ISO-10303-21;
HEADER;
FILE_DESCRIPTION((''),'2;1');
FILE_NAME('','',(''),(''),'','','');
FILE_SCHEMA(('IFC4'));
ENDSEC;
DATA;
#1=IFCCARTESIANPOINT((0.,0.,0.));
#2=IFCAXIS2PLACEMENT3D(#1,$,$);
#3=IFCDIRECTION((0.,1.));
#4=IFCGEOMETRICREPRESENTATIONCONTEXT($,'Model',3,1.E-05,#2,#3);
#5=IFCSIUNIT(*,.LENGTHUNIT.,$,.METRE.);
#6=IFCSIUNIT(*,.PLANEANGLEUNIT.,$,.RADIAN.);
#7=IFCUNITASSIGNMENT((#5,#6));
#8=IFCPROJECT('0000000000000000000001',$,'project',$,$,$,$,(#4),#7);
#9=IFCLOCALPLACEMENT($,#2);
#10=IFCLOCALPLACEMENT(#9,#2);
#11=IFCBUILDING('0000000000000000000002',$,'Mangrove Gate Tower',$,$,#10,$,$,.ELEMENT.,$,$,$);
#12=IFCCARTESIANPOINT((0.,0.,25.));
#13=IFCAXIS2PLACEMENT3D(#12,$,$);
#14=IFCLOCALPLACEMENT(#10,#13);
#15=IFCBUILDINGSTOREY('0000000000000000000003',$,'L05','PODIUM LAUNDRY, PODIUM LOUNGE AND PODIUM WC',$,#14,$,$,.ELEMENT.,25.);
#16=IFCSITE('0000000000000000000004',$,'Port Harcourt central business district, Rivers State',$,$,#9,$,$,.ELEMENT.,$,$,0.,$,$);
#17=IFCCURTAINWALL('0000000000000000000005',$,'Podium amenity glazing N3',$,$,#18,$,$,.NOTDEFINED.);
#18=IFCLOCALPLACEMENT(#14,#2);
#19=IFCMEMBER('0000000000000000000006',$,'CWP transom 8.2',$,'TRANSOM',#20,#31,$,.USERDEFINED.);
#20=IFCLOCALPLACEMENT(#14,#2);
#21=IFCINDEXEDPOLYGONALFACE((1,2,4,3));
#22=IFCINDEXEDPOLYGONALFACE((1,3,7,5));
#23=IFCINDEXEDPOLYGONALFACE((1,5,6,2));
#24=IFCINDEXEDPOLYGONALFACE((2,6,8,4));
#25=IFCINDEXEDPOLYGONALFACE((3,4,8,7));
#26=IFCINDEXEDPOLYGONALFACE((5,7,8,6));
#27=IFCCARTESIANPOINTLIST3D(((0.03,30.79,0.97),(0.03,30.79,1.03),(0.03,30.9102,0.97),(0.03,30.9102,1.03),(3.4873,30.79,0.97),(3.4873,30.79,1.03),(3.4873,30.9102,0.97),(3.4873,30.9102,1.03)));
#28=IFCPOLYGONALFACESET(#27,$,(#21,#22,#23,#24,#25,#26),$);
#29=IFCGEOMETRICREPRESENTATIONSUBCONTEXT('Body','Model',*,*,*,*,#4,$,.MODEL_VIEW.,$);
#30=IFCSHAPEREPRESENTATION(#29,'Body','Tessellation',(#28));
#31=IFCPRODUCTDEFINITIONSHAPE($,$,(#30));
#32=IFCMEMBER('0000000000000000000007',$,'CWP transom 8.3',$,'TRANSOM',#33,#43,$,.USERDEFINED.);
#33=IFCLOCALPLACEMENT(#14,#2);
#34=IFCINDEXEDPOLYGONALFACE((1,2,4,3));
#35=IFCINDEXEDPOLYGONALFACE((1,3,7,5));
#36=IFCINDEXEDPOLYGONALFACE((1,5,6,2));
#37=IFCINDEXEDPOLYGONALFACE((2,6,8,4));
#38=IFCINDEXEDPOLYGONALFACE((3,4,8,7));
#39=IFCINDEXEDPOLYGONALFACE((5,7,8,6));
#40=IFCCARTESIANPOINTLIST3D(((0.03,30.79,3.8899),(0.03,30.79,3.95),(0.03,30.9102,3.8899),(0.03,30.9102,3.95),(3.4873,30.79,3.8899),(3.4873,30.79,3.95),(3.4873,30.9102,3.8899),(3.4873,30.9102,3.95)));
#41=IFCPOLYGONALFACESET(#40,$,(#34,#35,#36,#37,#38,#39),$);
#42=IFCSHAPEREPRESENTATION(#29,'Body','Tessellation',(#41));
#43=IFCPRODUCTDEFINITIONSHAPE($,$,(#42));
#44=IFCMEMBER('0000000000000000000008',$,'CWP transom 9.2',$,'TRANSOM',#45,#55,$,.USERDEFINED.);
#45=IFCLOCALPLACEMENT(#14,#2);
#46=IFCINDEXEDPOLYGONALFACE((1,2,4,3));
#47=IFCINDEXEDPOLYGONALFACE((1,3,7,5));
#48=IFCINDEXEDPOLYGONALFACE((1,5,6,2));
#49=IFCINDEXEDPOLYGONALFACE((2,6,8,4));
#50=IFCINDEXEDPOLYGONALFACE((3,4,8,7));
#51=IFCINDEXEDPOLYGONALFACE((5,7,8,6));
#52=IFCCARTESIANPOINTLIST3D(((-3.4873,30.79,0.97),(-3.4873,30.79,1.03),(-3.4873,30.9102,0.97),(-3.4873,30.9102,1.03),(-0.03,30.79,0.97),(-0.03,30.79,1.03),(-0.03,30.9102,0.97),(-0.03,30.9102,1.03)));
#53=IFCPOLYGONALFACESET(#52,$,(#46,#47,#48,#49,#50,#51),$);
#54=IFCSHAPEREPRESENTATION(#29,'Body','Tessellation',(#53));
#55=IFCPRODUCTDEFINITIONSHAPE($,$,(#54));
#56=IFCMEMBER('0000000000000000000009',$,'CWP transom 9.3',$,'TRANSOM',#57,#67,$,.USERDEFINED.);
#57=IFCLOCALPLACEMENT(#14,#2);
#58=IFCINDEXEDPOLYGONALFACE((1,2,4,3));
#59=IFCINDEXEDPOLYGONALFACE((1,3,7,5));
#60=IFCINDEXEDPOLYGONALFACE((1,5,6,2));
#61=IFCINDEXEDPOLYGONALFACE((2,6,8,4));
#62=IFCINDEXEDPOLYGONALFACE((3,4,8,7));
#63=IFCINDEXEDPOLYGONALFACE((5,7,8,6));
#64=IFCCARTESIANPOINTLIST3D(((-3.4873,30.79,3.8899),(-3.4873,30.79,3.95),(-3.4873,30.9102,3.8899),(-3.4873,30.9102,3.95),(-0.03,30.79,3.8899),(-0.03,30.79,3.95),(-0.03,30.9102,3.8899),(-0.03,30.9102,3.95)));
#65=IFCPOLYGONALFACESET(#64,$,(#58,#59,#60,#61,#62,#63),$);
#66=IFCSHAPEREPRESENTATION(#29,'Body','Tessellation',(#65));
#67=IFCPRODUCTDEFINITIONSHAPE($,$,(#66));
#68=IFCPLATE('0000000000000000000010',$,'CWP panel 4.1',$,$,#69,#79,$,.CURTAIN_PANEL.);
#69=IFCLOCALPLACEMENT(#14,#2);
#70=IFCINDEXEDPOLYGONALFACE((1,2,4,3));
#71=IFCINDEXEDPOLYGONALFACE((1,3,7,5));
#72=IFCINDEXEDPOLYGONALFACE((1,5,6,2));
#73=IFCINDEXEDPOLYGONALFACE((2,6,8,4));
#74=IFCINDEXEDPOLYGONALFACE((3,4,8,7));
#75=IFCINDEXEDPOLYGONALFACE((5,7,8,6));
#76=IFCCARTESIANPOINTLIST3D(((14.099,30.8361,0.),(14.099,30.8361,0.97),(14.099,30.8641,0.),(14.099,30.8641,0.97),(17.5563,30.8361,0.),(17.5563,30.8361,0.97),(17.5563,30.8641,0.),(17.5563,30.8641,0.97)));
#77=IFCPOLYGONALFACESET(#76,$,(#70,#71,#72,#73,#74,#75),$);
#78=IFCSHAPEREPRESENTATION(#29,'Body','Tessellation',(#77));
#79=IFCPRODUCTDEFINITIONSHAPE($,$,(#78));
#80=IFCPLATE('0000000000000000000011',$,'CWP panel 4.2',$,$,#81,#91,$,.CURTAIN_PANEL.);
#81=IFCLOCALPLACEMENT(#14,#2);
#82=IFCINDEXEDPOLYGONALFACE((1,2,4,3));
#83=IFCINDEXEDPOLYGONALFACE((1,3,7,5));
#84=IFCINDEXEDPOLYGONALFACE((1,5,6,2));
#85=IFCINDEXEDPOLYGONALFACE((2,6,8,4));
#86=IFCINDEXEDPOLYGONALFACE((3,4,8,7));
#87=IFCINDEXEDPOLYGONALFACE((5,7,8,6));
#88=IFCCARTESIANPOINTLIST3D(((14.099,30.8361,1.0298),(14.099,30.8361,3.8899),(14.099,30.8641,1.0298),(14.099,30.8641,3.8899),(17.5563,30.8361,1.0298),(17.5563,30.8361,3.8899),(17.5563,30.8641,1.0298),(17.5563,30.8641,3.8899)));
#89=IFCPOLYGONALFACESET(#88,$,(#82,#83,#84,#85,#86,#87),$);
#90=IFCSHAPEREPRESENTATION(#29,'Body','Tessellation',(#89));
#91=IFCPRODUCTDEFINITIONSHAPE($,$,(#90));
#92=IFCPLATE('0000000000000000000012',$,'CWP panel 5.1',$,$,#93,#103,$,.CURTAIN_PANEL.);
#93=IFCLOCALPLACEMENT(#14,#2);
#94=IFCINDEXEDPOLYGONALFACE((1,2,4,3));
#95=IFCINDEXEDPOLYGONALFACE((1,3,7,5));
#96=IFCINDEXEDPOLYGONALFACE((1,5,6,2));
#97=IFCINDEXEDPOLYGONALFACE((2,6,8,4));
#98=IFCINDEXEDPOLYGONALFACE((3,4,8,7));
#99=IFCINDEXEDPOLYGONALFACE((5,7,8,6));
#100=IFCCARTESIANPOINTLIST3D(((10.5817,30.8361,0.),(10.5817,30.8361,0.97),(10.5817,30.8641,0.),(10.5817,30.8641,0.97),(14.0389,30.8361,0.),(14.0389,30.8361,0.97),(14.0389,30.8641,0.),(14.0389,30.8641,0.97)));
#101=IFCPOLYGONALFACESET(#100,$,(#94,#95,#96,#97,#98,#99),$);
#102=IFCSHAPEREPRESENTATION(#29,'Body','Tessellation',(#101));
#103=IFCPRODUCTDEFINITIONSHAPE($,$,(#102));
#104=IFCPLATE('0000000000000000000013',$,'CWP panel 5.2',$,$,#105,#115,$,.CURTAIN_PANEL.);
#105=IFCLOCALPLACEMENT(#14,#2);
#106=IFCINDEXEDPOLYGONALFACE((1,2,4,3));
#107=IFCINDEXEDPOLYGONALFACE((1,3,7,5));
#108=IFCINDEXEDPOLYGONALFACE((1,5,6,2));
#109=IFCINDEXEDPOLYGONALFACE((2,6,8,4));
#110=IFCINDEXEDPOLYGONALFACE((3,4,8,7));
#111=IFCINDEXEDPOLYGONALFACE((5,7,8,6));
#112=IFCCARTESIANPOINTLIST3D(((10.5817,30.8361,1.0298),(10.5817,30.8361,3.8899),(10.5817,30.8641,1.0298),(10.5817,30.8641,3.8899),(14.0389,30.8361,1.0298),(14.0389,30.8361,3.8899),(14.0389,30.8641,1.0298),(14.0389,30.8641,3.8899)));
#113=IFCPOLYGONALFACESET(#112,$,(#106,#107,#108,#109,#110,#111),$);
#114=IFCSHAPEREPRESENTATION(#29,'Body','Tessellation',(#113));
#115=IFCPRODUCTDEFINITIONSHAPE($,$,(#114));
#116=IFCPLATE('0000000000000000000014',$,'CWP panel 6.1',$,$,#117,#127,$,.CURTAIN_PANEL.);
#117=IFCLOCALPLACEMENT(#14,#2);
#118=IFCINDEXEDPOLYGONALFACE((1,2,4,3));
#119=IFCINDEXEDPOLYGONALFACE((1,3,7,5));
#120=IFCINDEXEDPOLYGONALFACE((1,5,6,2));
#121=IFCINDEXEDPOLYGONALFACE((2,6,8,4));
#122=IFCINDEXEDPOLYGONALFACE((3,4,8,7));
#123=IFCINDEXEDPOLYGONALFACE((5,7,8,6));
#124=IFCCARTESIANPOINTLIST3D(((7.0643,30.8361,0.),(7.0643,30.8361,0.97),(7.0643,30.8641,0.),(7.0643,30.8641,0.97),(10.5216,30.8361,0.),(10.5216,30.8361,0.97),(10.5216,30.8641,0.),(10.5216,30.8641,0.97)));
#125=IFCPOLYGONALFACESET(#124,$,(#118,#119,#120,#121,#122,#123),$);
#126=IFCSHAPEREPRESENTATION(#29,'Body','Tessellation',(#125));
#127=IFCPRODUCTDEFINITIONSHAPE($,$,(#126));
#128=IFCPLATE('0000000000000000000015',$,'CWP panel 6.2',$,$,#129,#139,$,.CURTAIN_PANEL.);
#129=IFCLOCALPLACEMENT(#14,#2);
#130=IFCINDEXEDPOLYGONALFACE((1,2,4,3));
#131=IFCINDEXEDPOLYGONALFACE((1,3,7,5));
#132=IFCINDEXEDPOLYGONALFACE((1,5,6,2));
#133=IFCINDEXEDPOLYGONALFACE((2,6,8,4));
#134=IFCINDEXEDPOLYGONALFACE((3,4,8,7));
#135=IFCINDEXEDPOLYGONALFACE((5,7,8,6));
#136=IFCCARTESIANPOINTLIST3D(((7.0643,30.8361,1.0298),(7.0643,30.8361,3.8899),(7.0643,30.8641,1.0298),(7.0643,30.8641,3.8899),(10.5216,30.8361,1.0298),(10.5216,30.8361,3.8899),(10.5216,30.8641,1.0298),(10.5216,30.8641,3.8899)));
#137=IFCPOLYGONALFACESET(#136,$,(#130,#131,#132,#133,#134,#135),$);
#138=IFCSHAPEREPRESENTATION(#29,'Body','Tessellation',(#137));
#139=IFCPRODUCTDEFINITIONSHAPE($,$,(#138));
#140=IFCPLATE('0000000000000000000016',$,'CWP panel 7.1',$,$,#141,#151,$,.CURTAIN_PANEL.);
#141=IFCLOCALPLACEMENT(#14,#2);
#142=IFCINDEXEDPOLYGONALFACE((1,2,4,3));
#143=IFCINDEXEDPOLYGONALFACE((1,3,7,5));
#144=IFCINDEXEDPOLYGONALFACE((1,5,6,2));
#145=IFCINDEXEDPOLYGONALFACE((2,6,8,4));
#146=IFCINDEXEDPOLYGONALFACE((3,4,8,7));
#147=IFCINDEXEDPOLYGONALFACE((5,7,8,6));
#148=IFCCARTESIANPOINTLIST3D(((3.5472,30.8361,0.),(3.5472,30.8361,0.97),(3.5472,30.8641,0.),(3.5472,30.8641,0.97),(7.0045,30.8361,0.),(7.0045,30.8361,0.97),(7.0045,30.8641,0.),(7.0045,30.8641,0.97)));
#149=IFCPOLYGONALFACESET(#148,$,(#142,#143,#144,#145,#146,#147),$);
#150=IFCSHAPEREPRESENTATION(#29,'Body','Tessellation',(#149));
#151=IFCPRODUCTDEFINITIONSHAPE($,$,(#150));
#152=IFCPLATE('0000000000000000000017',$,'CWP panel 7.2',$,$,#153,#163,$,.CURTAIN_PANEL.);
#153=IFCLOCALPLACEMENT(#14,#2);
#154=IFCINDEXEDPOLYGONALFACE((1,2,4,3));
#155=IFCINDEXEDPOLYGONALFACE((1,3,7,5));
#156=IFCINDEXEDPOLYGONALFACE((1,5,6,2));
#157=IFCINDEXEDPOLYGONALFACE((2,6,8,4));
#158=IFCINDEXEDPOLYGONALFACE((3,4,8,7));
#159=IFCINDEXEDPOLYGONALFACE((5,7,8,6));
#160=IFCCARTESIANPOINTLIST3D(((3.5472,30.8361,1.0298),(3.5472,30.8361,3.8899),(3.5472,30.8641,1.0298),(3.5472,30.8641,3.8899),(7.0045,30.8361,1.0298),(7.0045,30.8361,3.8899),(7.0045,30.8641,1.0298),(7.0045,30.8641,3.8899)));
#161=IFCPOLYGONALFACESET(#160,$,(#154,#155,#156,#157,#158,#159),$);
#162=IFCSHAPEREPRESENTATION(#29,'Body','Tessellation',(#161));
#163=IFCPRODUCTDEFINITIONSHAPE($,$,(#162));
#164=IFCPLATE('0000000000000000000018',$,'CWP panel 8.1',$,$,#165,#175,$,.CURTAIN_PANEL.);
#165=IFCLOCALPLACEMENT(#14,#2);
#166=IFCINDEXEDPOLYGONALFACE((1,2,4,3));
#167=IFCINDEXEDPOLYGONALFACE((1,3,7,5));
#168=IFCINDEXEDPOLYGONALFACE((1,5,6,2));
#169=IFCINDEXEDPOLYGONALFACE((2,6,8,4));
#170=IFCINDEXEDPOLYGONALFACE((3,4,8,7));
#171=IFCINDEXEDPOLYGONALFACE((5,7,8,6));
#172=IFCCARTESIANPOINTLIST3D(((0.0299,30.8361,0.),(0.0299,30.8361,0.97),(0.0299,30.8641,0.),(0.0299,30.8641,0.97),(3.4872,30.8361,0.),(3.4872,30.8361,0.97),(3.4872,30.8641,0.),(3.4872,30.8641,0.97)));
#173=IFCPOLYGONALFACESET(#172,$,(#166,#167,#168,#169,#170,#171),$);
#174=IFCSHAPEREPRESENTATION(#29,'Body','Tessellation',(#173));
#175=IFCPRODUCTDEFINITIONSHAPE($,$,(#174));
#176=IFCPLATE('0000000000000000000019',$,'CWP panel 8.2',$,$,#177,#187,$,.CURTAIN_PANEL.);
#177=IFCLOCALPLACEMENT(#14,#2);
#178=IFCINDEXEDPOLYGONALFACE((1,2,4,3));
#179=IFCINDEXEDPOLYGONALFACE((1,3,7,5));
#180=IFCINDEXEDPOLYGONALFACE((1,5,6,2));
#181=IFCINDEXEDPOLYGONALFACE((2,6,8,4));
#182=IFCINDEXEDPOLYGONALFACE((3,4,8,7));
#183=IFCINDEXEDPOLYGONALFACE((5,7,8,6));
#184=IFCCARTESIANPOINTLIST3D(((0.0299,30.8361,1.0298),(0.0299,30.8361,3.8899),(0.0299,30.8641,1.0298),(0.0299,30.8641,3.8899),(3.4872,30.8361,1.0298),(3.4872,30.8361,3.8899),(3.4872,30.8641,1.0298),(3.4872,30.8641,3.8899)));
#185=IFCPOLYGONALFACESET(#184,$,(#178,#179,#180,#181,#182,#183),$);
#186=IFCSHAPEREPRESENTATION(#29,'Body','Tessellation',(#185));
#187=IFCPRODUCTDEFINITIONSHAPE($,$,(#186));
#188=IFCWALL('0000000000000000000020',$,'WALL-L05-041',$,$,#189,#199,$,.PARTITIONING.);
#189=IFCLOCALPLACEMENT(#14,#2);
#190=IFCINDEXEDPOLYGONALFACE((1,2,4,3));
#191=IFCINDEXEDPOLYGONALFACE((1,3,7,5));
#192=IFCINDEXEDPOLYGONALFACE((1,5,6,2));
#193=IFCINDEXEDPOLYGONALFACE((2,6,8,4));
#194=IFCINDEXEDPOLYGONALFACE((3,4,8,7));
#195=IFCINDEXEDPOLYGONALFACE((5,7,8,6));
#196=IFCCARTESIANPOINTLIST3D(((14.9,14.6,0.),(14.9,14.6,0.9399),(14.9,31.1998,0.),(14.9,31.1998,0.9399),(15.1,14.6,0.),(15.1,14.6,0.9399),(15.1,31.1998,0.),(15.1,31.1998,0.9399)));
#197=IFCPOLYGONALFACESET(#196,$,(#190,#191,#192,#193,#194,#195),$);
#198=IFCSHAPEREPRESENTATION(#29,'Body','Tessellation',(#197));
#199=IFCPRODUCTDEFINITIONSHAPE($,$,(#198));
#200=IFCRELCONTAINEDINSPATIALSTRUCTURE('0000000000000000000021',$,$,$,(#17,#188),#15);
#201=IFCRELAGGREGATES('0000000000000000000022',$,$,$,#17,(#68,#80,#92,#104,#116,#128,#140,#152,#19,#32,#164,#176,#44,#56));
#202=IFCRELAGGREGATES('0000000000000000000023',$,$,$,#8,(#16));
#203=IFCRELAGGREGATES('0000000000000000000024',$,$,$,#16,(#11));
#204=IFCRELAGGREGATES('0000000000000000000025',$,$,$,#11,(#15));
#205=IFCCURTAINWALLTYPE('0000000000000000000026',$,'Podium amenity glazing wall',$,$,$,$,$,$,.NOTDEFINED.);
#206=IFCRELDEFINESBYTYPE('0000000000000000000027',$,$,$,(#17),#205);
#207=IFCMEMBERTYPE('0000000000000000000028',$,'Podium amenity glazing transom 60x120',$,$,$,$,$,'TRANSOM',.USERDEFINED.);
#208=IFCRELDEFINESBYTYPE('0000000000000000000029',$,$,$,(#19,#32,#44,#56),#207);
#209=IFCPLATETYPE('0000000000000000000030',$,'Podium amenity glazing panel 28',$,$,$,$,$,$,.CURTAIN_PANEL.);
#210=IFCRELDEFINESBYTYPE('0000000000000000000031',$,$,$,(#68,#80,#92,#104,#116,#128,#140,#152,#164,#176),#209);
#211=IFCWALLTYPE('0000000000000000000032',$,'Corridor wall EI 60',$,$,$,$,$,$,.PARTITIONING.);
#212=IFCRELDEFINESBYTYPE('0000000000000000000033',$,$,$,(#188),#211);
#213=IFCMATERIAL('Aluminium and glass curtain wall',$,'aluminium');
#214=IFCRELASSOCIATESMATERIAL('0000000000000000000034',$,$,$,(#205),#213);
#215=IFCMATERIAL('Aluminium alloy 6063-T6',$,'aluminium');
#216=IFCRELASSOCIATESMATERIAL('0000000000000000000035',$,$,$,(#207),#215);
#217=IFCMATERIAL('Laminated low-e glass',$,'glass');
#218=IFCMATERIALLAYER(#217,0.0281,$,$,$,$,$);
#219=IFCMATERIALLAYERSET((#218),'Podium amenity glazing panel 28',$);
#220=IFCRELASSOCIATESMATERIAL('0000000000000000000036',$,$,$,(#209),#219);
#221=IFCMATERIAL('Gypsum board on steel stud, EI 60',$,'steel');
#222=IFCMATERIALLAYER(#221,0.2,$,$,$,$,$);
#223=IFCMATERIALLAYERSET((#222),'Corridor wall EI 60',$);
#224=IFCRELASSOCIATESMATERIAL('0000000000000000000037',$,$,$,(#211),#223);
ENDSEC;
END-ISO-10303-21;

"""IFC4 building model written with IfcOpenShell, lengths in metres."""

from ifc_helpers import new_model, si_unit, direction, frame, frame_2d, origin, origin_2d, place, context, subcontext, project, spatial, rectangle, extrude, material, layer, layer_set, material_profile, profile_set, type_object, element, aggregate, save


model = new_model("IFC4")

# Units and contexts
model_context = context("Model", 3, precision=1e-05, world=origin(), true_north=direction((0.0, 1.0)))
body_context = subcontext(model_context, "Body", "Model", "MODEL_VIEW")
ifc_project = project(units=[si_unit("LENGTHUNIT", "METRE"), si_unit("PLANEANGLEUNIT", "RADIAN")], contexts=[model_context])

# Site, building, storey
site_placement = place(None, origin())
site = spatial("IfcSite", under=ifc_project, at=site_placement, Name="Port Harcourt central business district, Rivers State", CompositionType="ELEMENT", RefElevation=0.0)
building_placement = place(site_placement, origin())
building = spatial("IfcBuilding", under=site, at=building_placement, Name="Mangrove Gate Tower", CompositionType="ELEMENT")
storey_placement = place(building_placement, frame((0.0, 0.0, 25.0)))
storey = spatial("IfcBuildingStorey", under=building, at=storey_placement, Name="L05", Description="PODIUM LAUNDRY, PODIUM LOUNGE AND PODIUM WC", CompositionType="ELEMENT", Elevation=25.0)

# Curtain wall, members, plates
ifc_material_1 = material(Name="Aluminium and glass curtain wall", Category="aluminium")
curtain_wall_type = type_object("IfcCurtainWallType", Name="Podium amenity glazing wall", PredefinedType="NOTDEFINED", material=ifc_material_1)
curtain_wall_placement = place(storey_placement, origin())
curtain_wall = element("IfcCurtainWall", 1, at=curtain_wall_placement, inside=storey, type_object=curtain_wall_type, Name="Podium amenity glazing N3", PredefinedType="NOTDEFINED")
ifc_material_2 = material(Name="Aluminium alloy 6063-T6", Category="aluminium")
ifc_material_profile_1 = material_profile(ifc_material_2, rectangle(XDim=0.0601, YDim=0.1201, at=origin_2d()))
ifc_profile_set_1 = profile_set([ifc_material_profile_1], Name="Aluminium alloy 6063-T6")
member_type_1 = type_object("IfcMemberType", Name="Podium amenity glazing transom 60x120", ElementType="TRANSOM", PredefinedType="USERDEFINED", material=ifc_profile_set_1)
member_1_placement = place(storey_placement, frame((3.4873, 30.8501, 1.0), z_axis=(-1.0, 0.0, 0.0), x_axis=(0.0, 0.0, 1.0)))
member_1 = element("IfcMember", 2, at=member_1_placement, type_object=member_type_1, Name="CWP transom 8.2", ObjectType="TRANSOM", PredefinedType="USERDEFINED", context=body_context, shape_type="SweptSolid", body=[
    extrude(rectangle(XDim=0.0601, YDim=0.1201, at=origin_2d()), origin(), (0.0, 0.0, 1.0), 3.4573),
])
member_2_placement = place(storey_placement, frame((3.4873, 30.8501, 3.9199), z_axis=(-1.0, 0.0, 0.0), x_axis=(0.0, 0.0, 1.0)))
member_2 = element("IfcMember", 3, at=member_2_placement, type_object=member_type_1, Name="CWP transom 8.3", ObjectType="TRANSOM", PredefinedType="USERDEFINED", context=body_context, shape_type="SweptSolid", body=[
    extrude(rectangle(XDim=0.0601, YDim=0.1201, at=origin_2d()), origin(), (0.0, 0.0, 1.0), 3.4573),
])
member_3_placement = place(storey_placement, frame((-0.03, 30.8501, 1.0), z_axis=(-1.0, 0.0, 0.0), x_axis=(0.0, 0.0, 1.0)))
member_3 = element("IfcMember", 4, at=member_3_placement, type_object=member_type_1, Name="CWP transom 9.2", ObjectType="TRANSOM", PredefinedType="USERDEFINED", context=body_context, shape_type="SweptSolid", body=[
    extrude(rectangle(XDim=0.0601, YDim=0.1201, at=origin_2d()), origin(), (0.0, 0.0, 1.0), 3.4573),
])
member_4_placement = place(storey_placement, frame((-0.03, 30.8501, 3.9199), z_axis=(-1.0, 0.0, 0.0), x_axis=(0.0, 0.0, 1.0)))
member_4 = element("IfcMember", 5, at=member_4_placement, type_object=member_type_1, Name="CWP transom 9.3", ObjectType="TRANSOM", PredefinedType="USERDEFINED", context=body_context, shape_type="SweptSolid", body=[
    extrude(rectangle(XDim=0.0601, YDim=0.1201, at=origin_2d()), origin(), (0.0, 0.0, 1.0), 3.4573),
])
ifc_material_3 = material(Name="Laminated low-e glass", Category="glass")
ifc_layer_1 = layer(ifc_material_3, 0.0281)
ifc_layer_set_1 = layer_set([ifc_layer_1], Name="Podium amenity glazing panel 28")
plate_type = type_object("IfcPlateType", Name="Podium amenity glazing panel 28", PredefinedType="CURTAIN_PANEL", material=ifc_layer_set_1)
plate_1_placement = place(storey_placement, frame((15.8276, 30.8501, 0.0), z_axis=(0.0, 0.0, 1.0), x_axis=(-1.0, 0.0, 0.0)))
plate_1 = element("IfcPlate", 6, at=plate_1_placement, type_object=plate_type, Name="CWP panel 4.1", PredefinedType="CURTAIN_PANEL", context=body_context, shape_type="SweptSolid", body=[
    extrude(rectangle(XDim=3.4573, YDim=0.0281, at=origin_2d()), origin(), (0.0, 0.0, 1.0), 0.97),
])
plate_2_placement = place(storey_placement, frame((15.8276, 30.8501, 1.0298), z_axis=(0.0, 0.0, 1.0), x_axis=(-1.0, 0.0, 0.0)))
plate_2 = element("IfcPlate", 7, at=plate_2_placement, type_object=plate_type, Name="CWP panel 4.2", PredefinedType="CURTAIN_PANEL", context=body_context, shape_type="SweptSolid", body=[
    extrude(rectangle(XDim=3.4573, YDim=0.0281, at=origin_2d()), origin(), (0.0, 0.0, 1.0), 2.8601),
])
plate_3_placement = place(storey_placement, frame((12.3103, 30.8501, 0.0), z_axis=(0.0, 0.0, 1.0), x_axis=(-1.0, 0.0, 0.0)))
plate_3 = element("IfcPlate", 8, at=plate_3_placement, type_object=plate_type, Name="CWP panel 5.1", PredefinedType="CURTAIN_PANEL", context=body_context, shape_type="SweptSolid", body=[
    extrude(rectangle(XDim=3.4573, YDim=0.0281, at=origin_2d()), origin(), (0.0, 0.0, 1.0), 0.97),
])
plate_4_placement = place(storey_placement, frame((12.3103, 30.8501, 1.0298), z_axis=(0.0, 0.0, 1.0), x_axis=(-1.0, 0.0, 0.0)))
plate_4 = element("IfcPlate", 9, at=plate_4_placement, type_object=plate_type, Name="CWP panel 5.2", PredefinedType="CURTAIN_PANEL", context=body_context, shape_type="SweptSolid", body=[
    extrude(rectangle(XDim=3.4573, YDim=0.0281, at=origin_2d()), origin(), (0.0, 0.0, 1.0), 2.8601),
])
plate_5_placement = place(storey_placement, frame((8.793, 30.8501, 0.0), z_axis=(0.0, 0.0, 1.0), x_axis=(-1.0, 0.0, 0.0)))
plate_5 = element("IfcPlate", 10, at=plate_5_placement, type_object=plate_type, Name="CWP panel 6.1", PredefinedType="CURTAIN_PANEL", context=body_context, shape_type="SweptSolid", body=[
    extrude(rectangle(XDim=3.4573, YDim=0.0281, at=origin_2d()), origin(), (0.0, 0.0, 1.0), 0.97),
])
plate_6_placement = place(storey_placement, frame((8.793, 30.8501, 1.0298), z_axis=(0.0, 0.0, 1.0), x_axis=(-1.0, 0.0, 0.0)))
plate_6 = element("IfcPlate", 11, at=plate_6_placement, type_object=plate_type, Name="CWP panel 6.2", PredefinedType="CURTAIN_PANEL", context=body_context, shape_type="SweptSolid", body=[
    extrude(rectangle(XDim=3.4573, YDim=0.0281, at=origin_2d()), origin(), (0.0, 0.0, 1.0), 2.8601),
])
plate_7_placement = place(storey_placement, frame((5.2759, 30.8501, 0.0), z_axis=(0.0, 0.0, 1.0), x_axis=(-1.0, 0.0, 0.0)))
plate_7 = element("IfcPlate", 12, at=plate_7_placement, type_object=plate_type, Name="CWP panel 7.1", PredefinedType="CURTAIN_PANEL", context=body_context, shape_type="SweptSolid", body=[
    extrude(rectangle(XDim=3.4573, YDim=0.0281, at=origin_2d()), origin(), (0.0, 0.0, 1.0), 0.97),
])
plate_8_placement = place(storey_placement, frame((5.2759, 30.8501, 1.0298), z_axis=(0.0, 0.0, 1.0), x_axis=(-1.0, 0.0, 0.0)))
plate_8 = element("IfcPlate", 13, at=plate_8_placement, type_object=plate_type, Name="CWP panel 7.2", PredefinedType="CURTAIN_PANEL", context=body_context, shape_type="SweptSolid", body=[
    extrude(rectangle(XDim=3.4573, YDim=0.0281, at=origin_2d()), origin(), (0.0, 0.0, 1.0), 2.8601),
])
plate_9_placement = place(storey_placement, frame((1.7585, 30.8501, 0.0), z_axis=(0.0, 0.0, 1.0), x_axis=(-1.0, 0.0, 0.0)))
plate_9 = element("IfcPlate", 14, at=plate_9_placement, type_object=plate_type, Name="CWP panel 8.1", PredefinedType="CURTAIN_PANEL", context=body_context, shape_type="SweptSolid", body=[
    extrude(rectangle(XDim=3.4573, YDim=0.0281, at=origin_2d()), origin(), (0.0, 0.0, 1.0), 0.97),
])
plate_10_placement = place(storey_placement, frame((1.7585, 30.8501, 1.0298), z_axis=(0.0, 0.0, 1.0), x_axis=(-1.0, 0.0, 0.0)))
plate_10 = element("IfcPlate", 15, at=plate_10_placement, type_object=plate_type, Name="CWP panel 8.2", PredefinedType="CURTAIN_PANEL", context=body_context, shape_type="SweptSolid", body=[
    extrude(rectangle(XDim=3.4573, YDim=0.0281, at=origin_2d()), origin(), (0.0, 0.0, 1.0), 2.8601),
])
aggregate(curtain_wall, [plate_1, plate_2, plate_3, plate_4, plate_5, plate_6, plate_7, plate_8, member_1, member_2, plate_9, plate_10, member_3, member_4])

# Wall
ifc_material_4 = material(Name="Gypsum board on steel stud, EI 60", Category="steel")
ifc_layer_2 = layer(ifc_material_4, 0.2)
ifc_layer_set_2 = layer_set([ifc_layer_2], Name="Corridor wall EI 60")
wall_type_1 = type_object("IfcWallType", Name="Corridor wall EI 60", PredefinedType="PARTITIONING", material=ifc_layer_set_2)
wall_1_placement = place(storey_placement, frame((15.0, 14.6001, 0.0), z_axis=(0.0, 0.0, 1.0), x_axis=(0.0, 1.0, 0.0)))
element("IfcWall", 16, at=wall_1_placement, inside=storey, type_object=wall_type_1, Name="WALL-L05-041", PredefinedType="PARTITIONING", context=body_context, shape_type="SweptSolid", body=[
    extrude(rectangle(XDim=16.5999, YDim=0.2, at=frame_2d((8.2998, 0.0))), origin(), (0.0, 0.0, 1.0), 0.9399),
])

save(model, "model.ifc")
